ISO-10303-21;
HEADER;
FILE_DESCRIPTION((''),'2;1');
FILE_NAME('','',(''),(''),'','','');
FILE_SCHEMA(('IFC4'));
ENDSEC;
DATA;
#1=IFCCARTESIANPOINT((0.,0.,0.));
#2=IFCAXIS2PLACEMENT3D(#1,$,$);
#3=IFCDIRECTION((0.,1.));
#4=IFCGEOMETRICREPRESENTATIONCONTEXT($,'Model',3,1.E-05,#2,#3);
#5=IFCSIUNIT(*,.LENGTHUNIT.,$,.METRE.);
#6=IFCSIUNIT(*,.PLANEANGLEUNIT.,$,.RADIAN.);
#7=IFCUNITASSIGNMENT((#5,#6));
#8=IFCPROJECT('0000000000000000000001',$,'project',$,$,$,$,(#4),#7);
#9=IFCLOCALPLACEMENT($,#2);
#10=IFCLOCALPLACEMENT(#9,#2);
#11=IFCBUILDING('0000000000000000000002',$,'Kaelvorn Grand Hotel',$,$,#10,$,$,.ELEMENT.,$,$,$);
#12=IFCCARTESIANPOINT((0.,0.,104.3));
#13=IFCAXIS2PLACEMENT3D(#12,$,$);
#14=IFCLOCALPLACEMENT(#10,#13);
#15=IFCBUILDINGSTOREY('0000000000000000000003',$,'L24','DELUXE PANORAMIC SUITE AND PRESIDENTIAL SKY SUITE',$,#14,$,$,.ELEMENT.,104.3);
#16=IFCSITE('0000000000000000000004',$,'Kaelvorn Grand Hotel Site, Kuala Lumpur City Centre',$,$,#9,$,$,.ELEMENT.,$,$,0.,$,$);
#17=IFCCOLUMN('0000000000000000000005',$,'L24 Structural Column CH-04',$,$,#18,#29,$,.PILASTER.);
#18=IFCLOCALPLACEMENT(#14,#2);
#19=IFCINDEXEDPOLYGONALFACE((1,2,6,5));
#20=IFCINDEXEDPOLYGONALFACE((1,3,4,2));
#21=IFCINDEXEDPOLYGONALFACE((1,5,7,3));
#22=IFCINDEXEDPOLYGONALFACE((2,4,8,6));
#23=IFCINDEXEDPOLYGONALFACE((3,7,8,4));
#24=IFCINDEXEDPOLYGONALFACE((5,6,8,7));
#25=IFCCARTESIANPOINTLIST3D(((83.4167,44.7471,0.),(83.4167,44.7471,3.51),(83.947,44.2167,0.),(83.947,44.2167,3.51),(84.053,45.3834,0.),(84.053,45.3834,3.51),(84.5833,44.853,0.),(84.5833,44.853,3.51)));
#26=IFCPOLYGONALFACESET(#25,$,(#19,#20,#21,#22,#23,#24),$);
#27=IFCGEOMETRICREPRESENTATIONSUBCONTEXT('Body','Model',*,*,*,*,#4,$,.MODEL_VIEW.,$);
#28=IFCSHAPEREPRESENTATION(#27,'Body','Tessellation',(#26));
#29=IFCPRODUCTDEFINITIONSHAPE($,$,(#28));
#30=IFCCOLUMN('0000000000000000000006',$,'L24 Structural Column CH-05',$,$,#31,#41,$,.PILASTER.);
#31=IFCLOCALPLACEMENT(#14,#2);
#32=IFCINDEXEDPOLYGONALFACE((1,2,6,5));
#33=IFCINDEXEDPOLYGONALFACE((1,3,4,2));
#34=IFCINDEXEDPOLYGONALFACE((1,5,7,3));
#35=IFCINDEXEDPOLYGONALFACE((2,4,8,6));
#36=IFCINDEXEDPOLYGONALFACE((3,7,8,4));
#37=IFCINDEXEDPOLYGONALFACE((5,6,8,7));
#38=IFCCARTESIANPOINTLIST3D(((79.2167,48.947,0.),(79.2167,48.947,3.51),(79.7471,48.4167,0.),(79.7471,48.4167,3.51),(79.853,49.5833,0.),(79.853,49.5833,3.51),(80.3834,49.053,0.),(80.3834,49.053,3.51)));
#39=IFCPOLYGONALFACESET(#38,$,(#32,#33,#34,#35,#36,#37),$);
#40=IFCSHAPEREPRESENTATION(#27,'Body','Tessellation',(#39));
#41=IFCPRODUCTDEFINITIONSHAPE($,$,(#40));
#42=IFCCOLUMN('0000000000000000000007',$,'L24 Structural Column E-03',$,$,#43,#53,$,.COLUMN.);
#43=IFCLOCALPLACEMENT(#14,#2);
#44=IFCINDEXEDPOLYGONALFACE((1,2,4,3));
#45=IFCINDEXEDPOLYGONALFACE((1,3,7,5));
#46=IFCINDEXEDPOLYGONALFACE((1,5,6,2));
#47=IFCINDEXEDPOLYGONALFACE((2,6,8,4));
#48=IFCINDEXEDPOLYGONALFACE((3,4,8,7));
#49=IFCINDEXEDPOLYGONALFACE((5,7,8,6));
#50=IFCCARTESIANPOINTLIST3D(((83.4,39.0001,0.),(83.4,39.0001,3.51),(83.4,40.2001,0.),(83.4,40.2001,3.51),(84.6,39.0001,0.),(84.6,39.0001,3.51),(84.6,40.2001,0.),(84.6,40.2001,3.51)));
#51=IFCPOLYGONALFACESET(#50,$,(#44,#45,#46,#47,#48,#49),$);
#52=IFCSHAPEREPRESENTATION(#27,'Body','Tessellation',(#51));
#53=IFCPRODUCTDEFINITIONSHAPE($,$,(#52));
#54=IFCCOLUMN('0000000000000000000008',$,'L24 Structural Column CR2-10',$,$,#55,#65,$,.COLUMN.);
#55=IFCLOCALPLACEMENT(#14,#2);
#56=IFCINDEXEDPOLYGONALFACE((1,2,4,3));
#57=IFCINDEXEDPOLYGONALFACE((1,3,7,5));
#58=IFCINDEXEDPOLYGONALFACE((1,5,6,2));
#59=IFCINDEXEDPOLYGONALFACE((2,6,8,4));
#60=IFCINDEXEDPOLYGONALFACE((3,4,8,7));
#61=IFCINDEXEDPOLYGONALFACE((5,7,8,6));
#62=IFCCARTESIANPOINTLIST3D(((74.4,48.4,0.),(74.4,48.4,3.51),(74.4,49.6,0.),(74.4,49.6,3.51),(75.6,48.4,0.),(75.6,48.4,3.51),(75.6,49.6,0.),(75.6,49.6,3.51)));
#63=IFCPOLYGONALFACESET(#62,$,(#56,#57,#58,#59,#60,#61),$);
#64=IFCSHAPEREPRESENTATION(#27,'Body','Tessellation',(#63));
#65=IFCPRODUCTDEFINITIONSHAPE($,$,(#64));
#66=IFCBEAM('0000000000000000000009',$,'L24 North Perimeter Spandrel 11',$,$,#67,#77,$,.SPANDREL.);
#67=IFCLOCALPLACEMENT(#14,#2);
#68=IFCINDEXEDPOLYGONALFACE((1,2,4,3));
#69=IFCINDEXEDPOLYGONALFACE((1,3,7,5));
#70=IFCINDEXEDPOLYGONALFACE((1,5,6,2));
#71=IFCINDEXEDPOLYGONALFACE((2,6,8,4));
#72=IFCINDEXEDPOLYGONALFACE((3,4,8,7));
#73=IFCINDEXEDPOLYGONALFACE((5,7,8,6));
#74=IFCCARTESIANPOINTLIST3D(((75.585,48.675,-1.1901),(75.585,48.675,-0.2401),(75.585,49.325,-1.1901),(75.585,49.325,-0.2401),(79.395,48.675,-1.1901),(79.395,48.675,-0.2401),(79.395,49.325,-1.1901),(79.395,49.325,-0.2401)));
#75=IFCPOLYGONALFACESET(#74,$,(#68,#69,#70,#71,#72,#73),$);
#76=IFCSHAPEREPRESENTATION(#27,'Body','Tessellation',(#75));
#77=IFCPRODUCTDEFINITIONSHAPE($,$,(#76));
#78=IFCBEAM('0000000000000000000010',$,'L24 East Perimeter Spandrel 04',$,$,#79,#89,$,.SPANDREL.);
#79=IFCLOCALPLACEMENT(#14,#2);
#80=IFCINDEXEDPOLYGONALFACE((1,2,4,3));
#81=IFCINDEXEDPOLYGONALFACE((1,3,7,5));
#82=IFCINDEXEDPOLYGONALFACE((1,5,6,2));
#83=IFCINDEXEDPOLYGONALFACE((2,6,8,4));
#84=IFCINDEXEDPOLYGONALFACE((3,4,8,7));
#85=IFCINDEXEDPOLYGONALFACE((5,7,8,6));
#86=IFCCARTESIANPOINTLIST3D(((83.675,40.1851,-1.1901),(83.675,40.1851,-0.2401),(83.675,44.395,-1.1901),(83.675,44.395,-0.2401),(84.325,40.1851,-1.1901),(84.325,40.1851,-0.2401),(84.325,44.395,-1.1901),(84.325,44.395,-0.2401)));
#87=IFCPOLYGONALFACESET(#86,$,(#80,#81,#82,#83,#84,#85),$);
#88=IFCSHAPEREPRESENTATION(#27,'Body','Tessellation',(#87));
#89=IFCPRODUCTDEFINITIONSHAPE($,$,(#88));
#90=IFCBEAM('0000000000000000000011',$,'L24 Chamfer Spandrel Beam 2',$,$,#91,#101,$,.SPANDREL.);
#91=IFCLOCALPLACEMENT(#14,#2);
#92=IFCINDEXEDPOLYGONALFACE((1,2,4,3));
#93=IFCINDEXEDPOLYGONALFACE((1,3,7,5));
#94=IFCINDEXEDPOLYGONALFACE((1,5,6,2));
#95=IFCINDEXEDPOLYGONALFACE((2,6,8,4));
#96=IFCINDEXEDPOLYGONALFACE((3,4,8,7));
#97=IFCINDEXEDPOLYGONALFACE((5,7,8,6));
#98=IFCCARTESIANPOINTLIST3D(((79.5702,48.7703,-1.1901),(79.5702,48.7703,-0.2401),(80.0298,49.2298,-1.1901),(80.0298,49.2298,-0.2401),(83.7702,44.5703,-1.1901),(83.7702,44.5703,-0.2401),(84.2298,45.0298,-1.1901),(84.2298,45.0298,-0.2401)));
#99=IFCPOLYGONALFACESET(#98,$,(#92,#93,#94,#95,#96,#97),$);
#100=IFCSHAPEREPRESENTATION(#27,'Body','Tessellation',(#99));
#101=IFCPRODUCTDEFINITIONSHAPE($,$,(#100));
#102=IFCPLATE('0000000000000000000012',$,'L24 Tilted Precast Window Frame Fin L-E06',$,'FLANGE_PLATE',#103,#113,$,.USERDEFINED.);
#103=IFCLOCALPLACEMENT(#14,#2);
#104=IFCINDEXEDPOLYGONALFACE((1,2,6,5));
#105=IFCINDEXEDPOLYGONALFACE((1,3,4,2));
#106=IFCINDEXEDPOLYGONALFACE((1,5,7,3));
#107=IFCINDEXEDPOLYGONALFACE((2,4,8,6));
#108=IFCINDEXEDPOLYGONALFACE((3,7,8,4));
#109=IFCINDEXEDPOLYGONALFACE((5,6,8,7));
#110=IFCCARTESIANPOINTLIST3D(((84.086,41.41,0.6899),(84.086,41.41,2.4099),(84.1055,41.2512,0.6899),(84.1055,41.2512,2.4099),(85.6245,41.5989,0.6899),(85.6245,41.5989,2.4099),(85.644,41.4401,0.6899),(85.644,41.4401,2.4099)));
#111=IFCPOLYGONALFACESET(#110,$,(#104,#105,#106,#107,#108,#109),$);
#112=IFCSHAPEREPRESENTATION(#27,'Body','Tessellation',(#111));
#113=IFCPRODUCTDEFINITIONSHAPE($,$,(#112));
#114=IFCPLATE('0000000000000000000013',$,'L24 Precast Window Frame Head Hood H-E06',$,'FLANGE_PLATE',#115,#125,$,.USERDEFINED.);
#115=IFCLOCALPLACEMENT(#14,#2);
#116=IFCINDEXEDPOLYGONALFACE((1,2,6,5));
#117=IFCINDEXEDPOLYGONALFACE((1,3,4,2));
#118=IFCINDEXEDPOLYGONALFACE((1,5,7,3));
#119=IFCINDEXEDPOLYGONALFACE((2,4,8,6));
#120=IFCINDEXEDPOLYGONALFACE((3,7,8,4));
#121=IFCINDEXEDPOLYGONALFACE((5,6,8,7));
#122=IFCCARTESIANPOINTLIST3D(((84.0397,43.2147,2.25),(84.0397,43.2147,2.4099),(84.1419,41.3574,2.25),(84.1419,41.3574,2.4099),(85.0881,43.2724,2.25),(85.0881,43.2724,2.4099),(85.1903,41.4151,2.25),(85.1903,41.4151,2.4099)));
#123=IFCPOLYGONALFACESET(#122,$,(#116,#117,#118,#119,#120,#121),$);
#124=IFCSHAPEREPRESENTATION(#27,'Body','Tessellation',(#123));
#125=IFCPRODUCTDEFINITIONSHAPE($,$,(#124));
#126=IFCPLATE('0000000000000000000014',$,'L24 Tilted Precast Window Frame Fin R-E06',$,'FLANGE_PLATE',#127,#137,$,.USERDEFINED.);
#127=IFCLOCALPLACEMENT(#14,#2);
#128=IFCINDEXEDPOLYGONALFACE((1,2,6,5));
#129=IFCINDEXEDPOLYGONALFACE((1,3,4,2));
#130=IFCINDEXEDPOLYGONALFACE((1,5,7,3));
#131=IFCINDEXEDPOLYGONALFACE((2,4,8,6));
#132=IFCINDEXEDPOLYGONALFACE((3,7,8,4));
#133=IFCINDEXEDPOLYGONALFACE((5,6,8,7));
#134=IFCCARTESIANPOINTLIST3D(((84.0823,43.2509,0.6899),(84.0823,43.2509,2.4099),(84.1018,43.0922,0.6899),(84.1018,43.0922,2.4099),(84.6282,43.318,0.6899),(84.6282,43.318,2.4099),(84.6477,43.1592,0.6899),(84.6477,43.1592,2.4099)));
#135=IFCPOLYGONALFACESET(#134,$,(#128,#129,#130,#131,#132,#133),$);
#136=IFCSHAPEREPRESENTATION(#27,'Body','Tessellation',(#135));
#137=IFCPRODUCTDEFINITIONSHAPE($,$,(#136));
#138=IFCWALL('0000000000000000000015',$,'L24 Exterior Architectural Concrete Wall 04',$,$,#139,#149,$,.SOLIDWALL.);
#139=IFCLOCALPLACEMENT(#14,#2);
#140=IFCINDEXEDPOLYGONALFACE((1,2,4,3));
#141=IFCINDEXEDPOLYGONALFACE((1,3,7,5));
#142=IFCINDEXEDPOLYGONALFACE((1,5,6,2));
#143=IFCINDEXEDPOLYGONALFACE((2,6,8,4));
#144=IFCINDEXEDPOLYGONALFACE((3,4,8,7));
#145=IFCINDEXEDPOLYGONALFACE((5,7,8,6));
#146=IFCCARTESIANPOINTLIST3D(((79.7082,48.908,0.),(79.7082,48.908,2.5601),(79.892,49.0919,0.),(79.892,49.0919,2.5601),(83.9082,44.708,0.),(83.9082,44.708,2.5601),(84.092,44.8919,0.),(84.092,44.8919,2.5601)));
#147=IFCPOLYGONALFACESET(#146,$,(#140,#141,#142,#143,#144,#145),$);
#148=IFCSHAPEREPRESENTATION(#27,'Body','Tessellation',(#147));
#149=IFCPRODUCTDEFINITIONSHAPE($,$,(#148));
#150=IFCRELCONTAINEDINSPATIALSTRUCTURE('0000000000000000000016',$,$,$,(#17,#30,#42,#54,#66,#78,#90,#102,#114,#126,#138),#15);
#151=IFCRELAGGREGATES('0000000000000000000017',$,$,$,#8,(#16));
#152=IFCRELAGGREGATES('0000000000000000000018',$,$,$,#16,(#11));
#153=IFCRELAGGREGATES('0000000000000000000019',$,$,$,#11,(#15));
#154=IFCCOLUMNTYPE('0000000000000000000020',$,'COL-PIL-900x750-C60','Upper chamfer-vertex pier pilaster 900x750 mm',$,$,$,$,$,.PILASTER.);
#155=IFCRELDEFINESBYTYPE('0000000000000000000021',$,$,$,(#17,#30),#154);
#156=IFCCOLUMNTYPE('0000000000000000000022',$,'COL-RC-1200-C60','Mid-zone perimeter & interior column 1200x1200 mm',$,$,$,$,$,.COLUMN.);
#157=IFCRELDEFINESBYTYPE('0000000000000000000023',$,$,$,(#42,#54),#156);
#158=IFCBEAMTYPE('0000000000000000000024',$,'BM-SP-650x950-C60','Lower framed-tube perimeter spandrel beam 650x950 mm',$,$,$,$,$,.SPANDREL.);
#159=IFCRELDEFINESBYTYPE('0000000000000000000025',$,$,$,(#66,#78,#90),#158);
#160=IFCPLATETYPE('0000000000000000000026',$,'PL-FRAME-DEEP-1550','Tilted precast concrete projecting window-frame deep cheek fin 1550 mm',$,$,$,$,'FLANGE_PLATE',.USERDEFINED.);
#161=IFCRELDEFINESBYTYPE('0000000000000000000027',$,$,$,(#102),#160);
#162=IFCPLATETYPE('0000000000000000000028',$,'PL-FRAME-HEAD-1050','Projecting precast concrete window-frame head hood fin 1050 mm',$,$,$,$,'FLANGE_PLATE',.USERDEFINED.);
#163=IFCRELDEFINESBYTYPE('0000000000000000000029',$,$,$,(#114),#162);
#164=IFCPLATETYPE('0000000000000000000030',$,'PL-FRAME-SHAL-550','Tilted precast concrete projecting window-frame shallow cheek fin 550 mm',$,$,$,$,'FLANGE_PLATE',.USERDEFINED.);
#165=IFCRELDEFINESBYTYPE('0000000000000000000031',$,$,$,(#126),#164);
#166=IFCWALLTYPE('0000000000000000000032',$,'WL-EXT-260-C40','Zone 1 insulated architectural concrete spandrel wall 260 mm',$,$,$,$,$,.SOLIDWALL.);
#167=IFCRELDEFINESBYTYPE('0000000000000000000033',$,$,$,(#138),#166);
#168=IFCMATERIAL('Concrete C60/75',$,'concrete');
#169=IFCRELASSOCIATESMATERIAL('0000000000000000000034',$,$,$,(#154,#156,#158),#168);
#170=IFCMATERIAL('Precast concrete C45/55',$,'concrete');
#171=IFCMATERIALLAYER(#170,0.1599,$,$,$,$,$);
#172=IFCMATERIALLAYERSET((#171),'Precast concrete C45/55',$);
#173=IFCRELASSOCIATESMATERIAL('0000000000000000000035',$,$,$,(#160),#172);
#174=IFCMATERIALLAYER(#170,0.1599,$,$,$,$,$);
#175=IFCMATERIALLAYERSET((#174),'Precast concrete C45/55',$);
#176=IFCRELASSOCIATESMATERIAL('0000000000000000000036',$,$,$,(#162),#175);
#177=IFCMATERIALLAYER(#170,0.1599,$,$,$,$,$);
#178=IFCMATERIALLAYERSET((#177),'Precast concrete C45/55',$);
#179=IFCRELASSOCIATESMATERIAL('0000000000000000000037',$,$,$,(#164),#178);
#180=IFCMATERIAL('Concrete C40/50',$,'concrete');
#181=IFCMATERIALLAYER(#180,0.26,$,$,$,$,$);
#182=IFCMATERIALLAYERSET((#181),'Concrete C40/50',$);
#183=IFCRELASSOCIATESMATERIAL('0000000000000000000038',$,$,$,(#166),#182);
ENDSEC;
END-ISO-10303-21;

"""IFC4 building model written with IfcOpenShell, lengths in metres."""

from ifc_helpers import new_model, si_unit, direction, frame, frame_2d, origin, origin_2d, place, context, subcontext, project, spatial, rectangle, extrude, material, layer, layer_set, material_profile, profile_set, type_object, element, save


model = new_model("IFC4")

# Units and contexts
model_context = context("Model", 3, precision=1e-05, world=origin(), true_north=direction((0.0, 1.0)))
body_context = subcontext(model_context, "Body", "Model", "MODEL_VIEW")
ifc_project = project(units=[si_unit("LENGTHUNIT", "METRE"), si_unit("PLANEANGLEUNIT", "RADIAN")], contexts=[model_context])

# Site, building, storey
site_placement = place(None, origin())
site = spatial("IfcSite", under=ifc_project, at=site_placement, Name="Kaelvorn Grand Hotel Site, Kuala Lumpur City Centre", CompositionType="ELEMENT", RefElevation=0.0)
building_placement = place(site_placement, origin())
building = spatial("IfcBuilding", under=site, at=building_placement, Name="Kaelvorn Grand Hotel", CompositionType="ELEMENT")
storey_placement = place(building_placement, frame((0.0, 0.0, 104.3)))
storey = spatial("IfcBuildingStorey", under=building, at=storey_placement, Name="L24", Description="DELUXE PANORAMIC SUITE AND PRESIDENTIAL SKY SUITE", CompositionType="ELEMENT", Elevation=104.3)

# Columns
ifc_material_1 = material(Name="Concrete C60/75", Category="concrete")
ifc_material_profile_1 = material_profile(ifc_material_1, rectangle(XDim=0.8999, YDim=0.75, at=origin_2d()), Name="RC PILASTER 900x750")
ifc_profile_set_1 = profile_set([ifc_material_profile_1], Name="Concrete C60/75")
column_type_1 = type_object("IfcColumnType", Name="COL-PIL-900x750-C60", Description="Upper chamfer-vertex pier pilaster 900x750 mm", PredefinedType="PILASTER", material=ifc_profile_set_1)
for number, where, z_axis, x_axis, name in (
    (1, (84.0, 44.8, 0.0), (0.0, 0.0, 1.0), (0.707107, 0.707107, 0.0), "L24 Structural Column CH-04"),
    (2, (79.8, 49.0, 0.0), (0.0, 0.0, 1.0), (0.707107, 0.707107, 0.0), "L24 Structural Column CH-05"),
):
    element("IfcColumn", number, at=place(storey_placement, frame(where, z_axis=z_axis, x_axis=x_axis)), inside=storey, type_object=column_type_1, Name=name, PredefinedType="PILASTER", context=body_context, shape_type="SweptSolid", body=[
        extrude(rectangle(XDim=0.8999, YDim=0.75, at=origin_2d()), origin(), (0.0, 0.0, 1.0), 3.51),
    ])
ifc_material_profile_2 = material_profile(ifc_material_1, rectangle(XDim=1.2, YDim=1.2, at=origin_2d()), Name="RC COL 1200x1200")
ifc_profile_set_2 = profile_set([ifc_material_profile_2], Name="Concrete C60/75")
column_type_2 = type_object("IfcColumnType", Name="COL-RC-1200-C60", Description="Mid-zone perimeter & interior column 1200x1200 mm", PredefinedType="COLUMN", material=ifc_profile_set_2)
for number, where, z_axis, x_axis, name in (
    (3, (84.0, 39.6001, 0.0), (0.0, 0.0, 1.0), (1.0, 0.0, 0.0), "L24 Structural Column E-03"),
    (4, (75.0, 49.0, 0.0), (0.0, 0.0, 1.0), (1.0, 0.0, 0.0), "L24 Structural Column CR2-10"),
):
    element("IfcColumn", number, at=place(storey_placement, frame(where, z_axis=z_axis, x_axis=x_axis)), inside=storey, type_object=column_type_2, Name=name, PredefinedType="COLUMN", context=body_context, shape_type="SweptSolid", body=[
        extrude(rectangle(XDim=1.2, YDim=1.2, at=origin_2d()), origin(), (0.0, 0.0, 1.0), 3.51),
    ])

# Beams
ifc_material_profile_3 = material_profile(ifc_material_1, rectangle(XDim=0.6499, YDim=0.95, at=origin_2d()), Name="RC SPANDREL 650x950")
ifc_profile_set_3 = profile_set([ifc_material_profile_3], Name="Concrete C60/75")
beam_type = type_object("IfcBeamType", Name="BM-SP-650x950-C60", Description="Lower framed-tube perimeter spandrel beam 650x950 mm", PredefinedType="SPANDREL", material=ifc_profile_set_3)
beam_1_placement = place(storey_placement, frame((75.585, 49.0, -0.7151), z_axis=(1.0, 0.0, 0.0), x_axis=(0.0, 1.0, 0.0)))
element("IfcBeam", 5, at=beam_1_placement, inside=storey, type_object=beam_type, Name="L24 North Perimeter Spandrel 11", PredefinedType="SPANDREL", context=body_context, shape_type="SweptSolid", body=[
    extrude(rectangle(XDim=0.6499, YDim=0.95, at=origin_2d()), origin(), (0.0, 0.0, 1.0), 3.8101),
])
beam_2_placement = place(storey_placement, frame((84.0, 40.1851, -0.7151), z_axis=(0.0, 1.0, 0.0), x_axis=(-1.0, 0.0, 0.0)))
element("IfcBeam", 6, at=beam_2_placement, inside=storey, type_object=beam_type, Name="L24 East Perimeter Spandrel 04", PredefinedType="SPANDREL", context=body_context, shape_type="SweptSolid", body=[
    extrude(rectangle(XDim=0.6499, YDim=0.95, at=origin_2d()), origin(), (0.0, 0.0, 1.0), 4.21),
])
beam_3_placement = place(storey_placement, frame((84.0, 44.8, -0.7151), z_axis=(-0.707107, 0.707107, 0.0), x_axis=(-0.707107, -0.707107, 0.0)))
element("IfcBeam", 7, at=beam_3_placement, inside=storey, type_object=beam_type, Name="L24 Chamfer Spandrel Beam 2", PredefinedType="SPANDREL", context=body_context, shape_type="SweptSolid", body=[
    extrude(rectangle(XDim=0.6499, YDim=0.95, at=origin_2d()), origin(), (0.0, 0.0, 1.0), 5.9397),
])

# Plates
ifc_material_2 = material(Name="Precast concrete C45/55", Category="concrete")
ifc_layer_1 = layer(ifc_material_2, 0.1599)
ifc_layer_set_1 = layer_set([ifc_layer_1], Name="Precast concrete C45/55")
plate_type_1 = type_object("IfcPlateType", Name="PL-FRAME-DEEP-1550", Description="Tilted precast concrete projecting window-frame deep cheek fin 1550 mm", ElementType="FLANGE_PLATE", PredefinedType="USERDEFINED", material=ifc_layer_set_1)
plate_1_placement = place(storey_placement, frame((84.865, 41.425, 0.6899), z_axis=(0.0, 0.0, 1.0), x_axis=(-0.121869, 0.992546, 0.0)))
element("IfcPlate", 8, at=plate_1_placement, inside=storey, type_object=plate_type_1, Name="L24 Tilted Precast Window Frame Fin L-E06", ObjectType="FLANGE_PLATE", PredefinedType="USERDEFINED", context=body_context, shape_type="SweptSolid", body=[
    extrude(rectangle(XDim=0.1599, YDim=1.55, at=origin_2d()), origin(), (0.0, 0.0, 1.0), 1.72),
])
ifc_layer_2 = layer(ifc_material_2, 0.1599)
ifc_layer_set_2 = layer_set([ifc_layer_2], Name="Precast concrete C45/55")
plate_type_2 = type_object("IfcPlateType", Name="PL-FRAME-HEAD-1050", Description="Projecting precast concrete window-frame head hood fin 1050 mm", ElementType="FLANGE_PLATE", PredefinedType="USERDEFINED", material=ifc_layer_set_2)
plate_2_placement = place(storey_placement, frame((84.615, 42.3149, 2.25), z_axis=(0.0, 0.0, 1.0), x_axis=(-0.05495, 0.998489, 0.0)))
element("IfcPlate", 9, at=plate_2_placement, inside=storey, type_object=plate_type_2, Name="L24 Precast Window Frame Head Hood H-E06", ObjectType="FLANGE_PLATE", PredefinedType="USERDEFINED", context=body_context, shape_type="SweptSolid", body=[
    extrude(rectangle(XDim=1.8601, YDim=1.05, at=origin_2d()), origin(), (0.0, 0.0, 1.0), 0.1599),
])
ifc_layer_3 = layer(ifc_material_2, 0.1599)
ifc_layer_set_3 = layer_set([ifc_layer_3], Name="Precast concrete C45/55")
plate_type_3 = type_object("IfcPlateType", Name="PL-FRAME-SHAL-550", Description="Tilted precast concrete projecting window-frame shallow cheek fin 550 mm", ElementType="FLANGE_PLATE", PredefinedType="USERDEFINED", material=ifc_layer_set_3)
plate_3_placement = place(storey_placement, frame((84.365, 43.2051, 0.6899), z_axis=(0.0, 0.0, 1.0), x_axis=(-0.121869, 0.992546, 0.0)))
element("IfcPlate", 10, at=plate_3_placement, inside=storey, type_object=plate_type_3, Name="L24 Tilted Precast Window Frame Fin R-E06", ObjectType="FLANGE_PLATE", PredefinedType="USERDEFINED", context=body_context, shape_type="SweptSolid", body=[
    extrude(rectangle(XDim=0.1599, YDim=0.55, at=origin_2d()), origin(), (0.0, 0.0, 1.0), 1.72),
])

# Wall
ifc_material_3 = material(Name="Concrete C40/50", Category="concrete")
ifc_layer_4 = layer(ifc_material_3, 0.26)
ifc_layer_set_4 = layer_set([ifc_layer_4], Name="Concrete C40/50")
wall_type = type_object("IfcWallType", Name="WL-EXT-260-C40", Description="Zone 1 insulated architectural concrete spandrel wall 260 mm", PredefinedType="SOLIDWALL", material=ifc_layer_set_4)
wall_1_placement = place(storey_placement, frame((84.0, 44.8, 0.0), z_axis=(0.0, 0.0, 1.0), x_axis=(-0.707107, 0.707107, 0.0)))
element("IfcWall", 11, at=wall_1_placement, inside=storey, type_object=wall_type, Name="L24 Exterior Architectural Concrete Wall 04", PredefinedType="SOLIDWALL", context=body_context, shape_type="SweptSolid", body=[
    extrude(rectangle(XDim=5.9397, YDim=0.26, at=frame_2d((2.9697, 0.0))), origin(), (0.0, 0.0, 1.0), 2.5601),
])

save(model, "model.ifc")
